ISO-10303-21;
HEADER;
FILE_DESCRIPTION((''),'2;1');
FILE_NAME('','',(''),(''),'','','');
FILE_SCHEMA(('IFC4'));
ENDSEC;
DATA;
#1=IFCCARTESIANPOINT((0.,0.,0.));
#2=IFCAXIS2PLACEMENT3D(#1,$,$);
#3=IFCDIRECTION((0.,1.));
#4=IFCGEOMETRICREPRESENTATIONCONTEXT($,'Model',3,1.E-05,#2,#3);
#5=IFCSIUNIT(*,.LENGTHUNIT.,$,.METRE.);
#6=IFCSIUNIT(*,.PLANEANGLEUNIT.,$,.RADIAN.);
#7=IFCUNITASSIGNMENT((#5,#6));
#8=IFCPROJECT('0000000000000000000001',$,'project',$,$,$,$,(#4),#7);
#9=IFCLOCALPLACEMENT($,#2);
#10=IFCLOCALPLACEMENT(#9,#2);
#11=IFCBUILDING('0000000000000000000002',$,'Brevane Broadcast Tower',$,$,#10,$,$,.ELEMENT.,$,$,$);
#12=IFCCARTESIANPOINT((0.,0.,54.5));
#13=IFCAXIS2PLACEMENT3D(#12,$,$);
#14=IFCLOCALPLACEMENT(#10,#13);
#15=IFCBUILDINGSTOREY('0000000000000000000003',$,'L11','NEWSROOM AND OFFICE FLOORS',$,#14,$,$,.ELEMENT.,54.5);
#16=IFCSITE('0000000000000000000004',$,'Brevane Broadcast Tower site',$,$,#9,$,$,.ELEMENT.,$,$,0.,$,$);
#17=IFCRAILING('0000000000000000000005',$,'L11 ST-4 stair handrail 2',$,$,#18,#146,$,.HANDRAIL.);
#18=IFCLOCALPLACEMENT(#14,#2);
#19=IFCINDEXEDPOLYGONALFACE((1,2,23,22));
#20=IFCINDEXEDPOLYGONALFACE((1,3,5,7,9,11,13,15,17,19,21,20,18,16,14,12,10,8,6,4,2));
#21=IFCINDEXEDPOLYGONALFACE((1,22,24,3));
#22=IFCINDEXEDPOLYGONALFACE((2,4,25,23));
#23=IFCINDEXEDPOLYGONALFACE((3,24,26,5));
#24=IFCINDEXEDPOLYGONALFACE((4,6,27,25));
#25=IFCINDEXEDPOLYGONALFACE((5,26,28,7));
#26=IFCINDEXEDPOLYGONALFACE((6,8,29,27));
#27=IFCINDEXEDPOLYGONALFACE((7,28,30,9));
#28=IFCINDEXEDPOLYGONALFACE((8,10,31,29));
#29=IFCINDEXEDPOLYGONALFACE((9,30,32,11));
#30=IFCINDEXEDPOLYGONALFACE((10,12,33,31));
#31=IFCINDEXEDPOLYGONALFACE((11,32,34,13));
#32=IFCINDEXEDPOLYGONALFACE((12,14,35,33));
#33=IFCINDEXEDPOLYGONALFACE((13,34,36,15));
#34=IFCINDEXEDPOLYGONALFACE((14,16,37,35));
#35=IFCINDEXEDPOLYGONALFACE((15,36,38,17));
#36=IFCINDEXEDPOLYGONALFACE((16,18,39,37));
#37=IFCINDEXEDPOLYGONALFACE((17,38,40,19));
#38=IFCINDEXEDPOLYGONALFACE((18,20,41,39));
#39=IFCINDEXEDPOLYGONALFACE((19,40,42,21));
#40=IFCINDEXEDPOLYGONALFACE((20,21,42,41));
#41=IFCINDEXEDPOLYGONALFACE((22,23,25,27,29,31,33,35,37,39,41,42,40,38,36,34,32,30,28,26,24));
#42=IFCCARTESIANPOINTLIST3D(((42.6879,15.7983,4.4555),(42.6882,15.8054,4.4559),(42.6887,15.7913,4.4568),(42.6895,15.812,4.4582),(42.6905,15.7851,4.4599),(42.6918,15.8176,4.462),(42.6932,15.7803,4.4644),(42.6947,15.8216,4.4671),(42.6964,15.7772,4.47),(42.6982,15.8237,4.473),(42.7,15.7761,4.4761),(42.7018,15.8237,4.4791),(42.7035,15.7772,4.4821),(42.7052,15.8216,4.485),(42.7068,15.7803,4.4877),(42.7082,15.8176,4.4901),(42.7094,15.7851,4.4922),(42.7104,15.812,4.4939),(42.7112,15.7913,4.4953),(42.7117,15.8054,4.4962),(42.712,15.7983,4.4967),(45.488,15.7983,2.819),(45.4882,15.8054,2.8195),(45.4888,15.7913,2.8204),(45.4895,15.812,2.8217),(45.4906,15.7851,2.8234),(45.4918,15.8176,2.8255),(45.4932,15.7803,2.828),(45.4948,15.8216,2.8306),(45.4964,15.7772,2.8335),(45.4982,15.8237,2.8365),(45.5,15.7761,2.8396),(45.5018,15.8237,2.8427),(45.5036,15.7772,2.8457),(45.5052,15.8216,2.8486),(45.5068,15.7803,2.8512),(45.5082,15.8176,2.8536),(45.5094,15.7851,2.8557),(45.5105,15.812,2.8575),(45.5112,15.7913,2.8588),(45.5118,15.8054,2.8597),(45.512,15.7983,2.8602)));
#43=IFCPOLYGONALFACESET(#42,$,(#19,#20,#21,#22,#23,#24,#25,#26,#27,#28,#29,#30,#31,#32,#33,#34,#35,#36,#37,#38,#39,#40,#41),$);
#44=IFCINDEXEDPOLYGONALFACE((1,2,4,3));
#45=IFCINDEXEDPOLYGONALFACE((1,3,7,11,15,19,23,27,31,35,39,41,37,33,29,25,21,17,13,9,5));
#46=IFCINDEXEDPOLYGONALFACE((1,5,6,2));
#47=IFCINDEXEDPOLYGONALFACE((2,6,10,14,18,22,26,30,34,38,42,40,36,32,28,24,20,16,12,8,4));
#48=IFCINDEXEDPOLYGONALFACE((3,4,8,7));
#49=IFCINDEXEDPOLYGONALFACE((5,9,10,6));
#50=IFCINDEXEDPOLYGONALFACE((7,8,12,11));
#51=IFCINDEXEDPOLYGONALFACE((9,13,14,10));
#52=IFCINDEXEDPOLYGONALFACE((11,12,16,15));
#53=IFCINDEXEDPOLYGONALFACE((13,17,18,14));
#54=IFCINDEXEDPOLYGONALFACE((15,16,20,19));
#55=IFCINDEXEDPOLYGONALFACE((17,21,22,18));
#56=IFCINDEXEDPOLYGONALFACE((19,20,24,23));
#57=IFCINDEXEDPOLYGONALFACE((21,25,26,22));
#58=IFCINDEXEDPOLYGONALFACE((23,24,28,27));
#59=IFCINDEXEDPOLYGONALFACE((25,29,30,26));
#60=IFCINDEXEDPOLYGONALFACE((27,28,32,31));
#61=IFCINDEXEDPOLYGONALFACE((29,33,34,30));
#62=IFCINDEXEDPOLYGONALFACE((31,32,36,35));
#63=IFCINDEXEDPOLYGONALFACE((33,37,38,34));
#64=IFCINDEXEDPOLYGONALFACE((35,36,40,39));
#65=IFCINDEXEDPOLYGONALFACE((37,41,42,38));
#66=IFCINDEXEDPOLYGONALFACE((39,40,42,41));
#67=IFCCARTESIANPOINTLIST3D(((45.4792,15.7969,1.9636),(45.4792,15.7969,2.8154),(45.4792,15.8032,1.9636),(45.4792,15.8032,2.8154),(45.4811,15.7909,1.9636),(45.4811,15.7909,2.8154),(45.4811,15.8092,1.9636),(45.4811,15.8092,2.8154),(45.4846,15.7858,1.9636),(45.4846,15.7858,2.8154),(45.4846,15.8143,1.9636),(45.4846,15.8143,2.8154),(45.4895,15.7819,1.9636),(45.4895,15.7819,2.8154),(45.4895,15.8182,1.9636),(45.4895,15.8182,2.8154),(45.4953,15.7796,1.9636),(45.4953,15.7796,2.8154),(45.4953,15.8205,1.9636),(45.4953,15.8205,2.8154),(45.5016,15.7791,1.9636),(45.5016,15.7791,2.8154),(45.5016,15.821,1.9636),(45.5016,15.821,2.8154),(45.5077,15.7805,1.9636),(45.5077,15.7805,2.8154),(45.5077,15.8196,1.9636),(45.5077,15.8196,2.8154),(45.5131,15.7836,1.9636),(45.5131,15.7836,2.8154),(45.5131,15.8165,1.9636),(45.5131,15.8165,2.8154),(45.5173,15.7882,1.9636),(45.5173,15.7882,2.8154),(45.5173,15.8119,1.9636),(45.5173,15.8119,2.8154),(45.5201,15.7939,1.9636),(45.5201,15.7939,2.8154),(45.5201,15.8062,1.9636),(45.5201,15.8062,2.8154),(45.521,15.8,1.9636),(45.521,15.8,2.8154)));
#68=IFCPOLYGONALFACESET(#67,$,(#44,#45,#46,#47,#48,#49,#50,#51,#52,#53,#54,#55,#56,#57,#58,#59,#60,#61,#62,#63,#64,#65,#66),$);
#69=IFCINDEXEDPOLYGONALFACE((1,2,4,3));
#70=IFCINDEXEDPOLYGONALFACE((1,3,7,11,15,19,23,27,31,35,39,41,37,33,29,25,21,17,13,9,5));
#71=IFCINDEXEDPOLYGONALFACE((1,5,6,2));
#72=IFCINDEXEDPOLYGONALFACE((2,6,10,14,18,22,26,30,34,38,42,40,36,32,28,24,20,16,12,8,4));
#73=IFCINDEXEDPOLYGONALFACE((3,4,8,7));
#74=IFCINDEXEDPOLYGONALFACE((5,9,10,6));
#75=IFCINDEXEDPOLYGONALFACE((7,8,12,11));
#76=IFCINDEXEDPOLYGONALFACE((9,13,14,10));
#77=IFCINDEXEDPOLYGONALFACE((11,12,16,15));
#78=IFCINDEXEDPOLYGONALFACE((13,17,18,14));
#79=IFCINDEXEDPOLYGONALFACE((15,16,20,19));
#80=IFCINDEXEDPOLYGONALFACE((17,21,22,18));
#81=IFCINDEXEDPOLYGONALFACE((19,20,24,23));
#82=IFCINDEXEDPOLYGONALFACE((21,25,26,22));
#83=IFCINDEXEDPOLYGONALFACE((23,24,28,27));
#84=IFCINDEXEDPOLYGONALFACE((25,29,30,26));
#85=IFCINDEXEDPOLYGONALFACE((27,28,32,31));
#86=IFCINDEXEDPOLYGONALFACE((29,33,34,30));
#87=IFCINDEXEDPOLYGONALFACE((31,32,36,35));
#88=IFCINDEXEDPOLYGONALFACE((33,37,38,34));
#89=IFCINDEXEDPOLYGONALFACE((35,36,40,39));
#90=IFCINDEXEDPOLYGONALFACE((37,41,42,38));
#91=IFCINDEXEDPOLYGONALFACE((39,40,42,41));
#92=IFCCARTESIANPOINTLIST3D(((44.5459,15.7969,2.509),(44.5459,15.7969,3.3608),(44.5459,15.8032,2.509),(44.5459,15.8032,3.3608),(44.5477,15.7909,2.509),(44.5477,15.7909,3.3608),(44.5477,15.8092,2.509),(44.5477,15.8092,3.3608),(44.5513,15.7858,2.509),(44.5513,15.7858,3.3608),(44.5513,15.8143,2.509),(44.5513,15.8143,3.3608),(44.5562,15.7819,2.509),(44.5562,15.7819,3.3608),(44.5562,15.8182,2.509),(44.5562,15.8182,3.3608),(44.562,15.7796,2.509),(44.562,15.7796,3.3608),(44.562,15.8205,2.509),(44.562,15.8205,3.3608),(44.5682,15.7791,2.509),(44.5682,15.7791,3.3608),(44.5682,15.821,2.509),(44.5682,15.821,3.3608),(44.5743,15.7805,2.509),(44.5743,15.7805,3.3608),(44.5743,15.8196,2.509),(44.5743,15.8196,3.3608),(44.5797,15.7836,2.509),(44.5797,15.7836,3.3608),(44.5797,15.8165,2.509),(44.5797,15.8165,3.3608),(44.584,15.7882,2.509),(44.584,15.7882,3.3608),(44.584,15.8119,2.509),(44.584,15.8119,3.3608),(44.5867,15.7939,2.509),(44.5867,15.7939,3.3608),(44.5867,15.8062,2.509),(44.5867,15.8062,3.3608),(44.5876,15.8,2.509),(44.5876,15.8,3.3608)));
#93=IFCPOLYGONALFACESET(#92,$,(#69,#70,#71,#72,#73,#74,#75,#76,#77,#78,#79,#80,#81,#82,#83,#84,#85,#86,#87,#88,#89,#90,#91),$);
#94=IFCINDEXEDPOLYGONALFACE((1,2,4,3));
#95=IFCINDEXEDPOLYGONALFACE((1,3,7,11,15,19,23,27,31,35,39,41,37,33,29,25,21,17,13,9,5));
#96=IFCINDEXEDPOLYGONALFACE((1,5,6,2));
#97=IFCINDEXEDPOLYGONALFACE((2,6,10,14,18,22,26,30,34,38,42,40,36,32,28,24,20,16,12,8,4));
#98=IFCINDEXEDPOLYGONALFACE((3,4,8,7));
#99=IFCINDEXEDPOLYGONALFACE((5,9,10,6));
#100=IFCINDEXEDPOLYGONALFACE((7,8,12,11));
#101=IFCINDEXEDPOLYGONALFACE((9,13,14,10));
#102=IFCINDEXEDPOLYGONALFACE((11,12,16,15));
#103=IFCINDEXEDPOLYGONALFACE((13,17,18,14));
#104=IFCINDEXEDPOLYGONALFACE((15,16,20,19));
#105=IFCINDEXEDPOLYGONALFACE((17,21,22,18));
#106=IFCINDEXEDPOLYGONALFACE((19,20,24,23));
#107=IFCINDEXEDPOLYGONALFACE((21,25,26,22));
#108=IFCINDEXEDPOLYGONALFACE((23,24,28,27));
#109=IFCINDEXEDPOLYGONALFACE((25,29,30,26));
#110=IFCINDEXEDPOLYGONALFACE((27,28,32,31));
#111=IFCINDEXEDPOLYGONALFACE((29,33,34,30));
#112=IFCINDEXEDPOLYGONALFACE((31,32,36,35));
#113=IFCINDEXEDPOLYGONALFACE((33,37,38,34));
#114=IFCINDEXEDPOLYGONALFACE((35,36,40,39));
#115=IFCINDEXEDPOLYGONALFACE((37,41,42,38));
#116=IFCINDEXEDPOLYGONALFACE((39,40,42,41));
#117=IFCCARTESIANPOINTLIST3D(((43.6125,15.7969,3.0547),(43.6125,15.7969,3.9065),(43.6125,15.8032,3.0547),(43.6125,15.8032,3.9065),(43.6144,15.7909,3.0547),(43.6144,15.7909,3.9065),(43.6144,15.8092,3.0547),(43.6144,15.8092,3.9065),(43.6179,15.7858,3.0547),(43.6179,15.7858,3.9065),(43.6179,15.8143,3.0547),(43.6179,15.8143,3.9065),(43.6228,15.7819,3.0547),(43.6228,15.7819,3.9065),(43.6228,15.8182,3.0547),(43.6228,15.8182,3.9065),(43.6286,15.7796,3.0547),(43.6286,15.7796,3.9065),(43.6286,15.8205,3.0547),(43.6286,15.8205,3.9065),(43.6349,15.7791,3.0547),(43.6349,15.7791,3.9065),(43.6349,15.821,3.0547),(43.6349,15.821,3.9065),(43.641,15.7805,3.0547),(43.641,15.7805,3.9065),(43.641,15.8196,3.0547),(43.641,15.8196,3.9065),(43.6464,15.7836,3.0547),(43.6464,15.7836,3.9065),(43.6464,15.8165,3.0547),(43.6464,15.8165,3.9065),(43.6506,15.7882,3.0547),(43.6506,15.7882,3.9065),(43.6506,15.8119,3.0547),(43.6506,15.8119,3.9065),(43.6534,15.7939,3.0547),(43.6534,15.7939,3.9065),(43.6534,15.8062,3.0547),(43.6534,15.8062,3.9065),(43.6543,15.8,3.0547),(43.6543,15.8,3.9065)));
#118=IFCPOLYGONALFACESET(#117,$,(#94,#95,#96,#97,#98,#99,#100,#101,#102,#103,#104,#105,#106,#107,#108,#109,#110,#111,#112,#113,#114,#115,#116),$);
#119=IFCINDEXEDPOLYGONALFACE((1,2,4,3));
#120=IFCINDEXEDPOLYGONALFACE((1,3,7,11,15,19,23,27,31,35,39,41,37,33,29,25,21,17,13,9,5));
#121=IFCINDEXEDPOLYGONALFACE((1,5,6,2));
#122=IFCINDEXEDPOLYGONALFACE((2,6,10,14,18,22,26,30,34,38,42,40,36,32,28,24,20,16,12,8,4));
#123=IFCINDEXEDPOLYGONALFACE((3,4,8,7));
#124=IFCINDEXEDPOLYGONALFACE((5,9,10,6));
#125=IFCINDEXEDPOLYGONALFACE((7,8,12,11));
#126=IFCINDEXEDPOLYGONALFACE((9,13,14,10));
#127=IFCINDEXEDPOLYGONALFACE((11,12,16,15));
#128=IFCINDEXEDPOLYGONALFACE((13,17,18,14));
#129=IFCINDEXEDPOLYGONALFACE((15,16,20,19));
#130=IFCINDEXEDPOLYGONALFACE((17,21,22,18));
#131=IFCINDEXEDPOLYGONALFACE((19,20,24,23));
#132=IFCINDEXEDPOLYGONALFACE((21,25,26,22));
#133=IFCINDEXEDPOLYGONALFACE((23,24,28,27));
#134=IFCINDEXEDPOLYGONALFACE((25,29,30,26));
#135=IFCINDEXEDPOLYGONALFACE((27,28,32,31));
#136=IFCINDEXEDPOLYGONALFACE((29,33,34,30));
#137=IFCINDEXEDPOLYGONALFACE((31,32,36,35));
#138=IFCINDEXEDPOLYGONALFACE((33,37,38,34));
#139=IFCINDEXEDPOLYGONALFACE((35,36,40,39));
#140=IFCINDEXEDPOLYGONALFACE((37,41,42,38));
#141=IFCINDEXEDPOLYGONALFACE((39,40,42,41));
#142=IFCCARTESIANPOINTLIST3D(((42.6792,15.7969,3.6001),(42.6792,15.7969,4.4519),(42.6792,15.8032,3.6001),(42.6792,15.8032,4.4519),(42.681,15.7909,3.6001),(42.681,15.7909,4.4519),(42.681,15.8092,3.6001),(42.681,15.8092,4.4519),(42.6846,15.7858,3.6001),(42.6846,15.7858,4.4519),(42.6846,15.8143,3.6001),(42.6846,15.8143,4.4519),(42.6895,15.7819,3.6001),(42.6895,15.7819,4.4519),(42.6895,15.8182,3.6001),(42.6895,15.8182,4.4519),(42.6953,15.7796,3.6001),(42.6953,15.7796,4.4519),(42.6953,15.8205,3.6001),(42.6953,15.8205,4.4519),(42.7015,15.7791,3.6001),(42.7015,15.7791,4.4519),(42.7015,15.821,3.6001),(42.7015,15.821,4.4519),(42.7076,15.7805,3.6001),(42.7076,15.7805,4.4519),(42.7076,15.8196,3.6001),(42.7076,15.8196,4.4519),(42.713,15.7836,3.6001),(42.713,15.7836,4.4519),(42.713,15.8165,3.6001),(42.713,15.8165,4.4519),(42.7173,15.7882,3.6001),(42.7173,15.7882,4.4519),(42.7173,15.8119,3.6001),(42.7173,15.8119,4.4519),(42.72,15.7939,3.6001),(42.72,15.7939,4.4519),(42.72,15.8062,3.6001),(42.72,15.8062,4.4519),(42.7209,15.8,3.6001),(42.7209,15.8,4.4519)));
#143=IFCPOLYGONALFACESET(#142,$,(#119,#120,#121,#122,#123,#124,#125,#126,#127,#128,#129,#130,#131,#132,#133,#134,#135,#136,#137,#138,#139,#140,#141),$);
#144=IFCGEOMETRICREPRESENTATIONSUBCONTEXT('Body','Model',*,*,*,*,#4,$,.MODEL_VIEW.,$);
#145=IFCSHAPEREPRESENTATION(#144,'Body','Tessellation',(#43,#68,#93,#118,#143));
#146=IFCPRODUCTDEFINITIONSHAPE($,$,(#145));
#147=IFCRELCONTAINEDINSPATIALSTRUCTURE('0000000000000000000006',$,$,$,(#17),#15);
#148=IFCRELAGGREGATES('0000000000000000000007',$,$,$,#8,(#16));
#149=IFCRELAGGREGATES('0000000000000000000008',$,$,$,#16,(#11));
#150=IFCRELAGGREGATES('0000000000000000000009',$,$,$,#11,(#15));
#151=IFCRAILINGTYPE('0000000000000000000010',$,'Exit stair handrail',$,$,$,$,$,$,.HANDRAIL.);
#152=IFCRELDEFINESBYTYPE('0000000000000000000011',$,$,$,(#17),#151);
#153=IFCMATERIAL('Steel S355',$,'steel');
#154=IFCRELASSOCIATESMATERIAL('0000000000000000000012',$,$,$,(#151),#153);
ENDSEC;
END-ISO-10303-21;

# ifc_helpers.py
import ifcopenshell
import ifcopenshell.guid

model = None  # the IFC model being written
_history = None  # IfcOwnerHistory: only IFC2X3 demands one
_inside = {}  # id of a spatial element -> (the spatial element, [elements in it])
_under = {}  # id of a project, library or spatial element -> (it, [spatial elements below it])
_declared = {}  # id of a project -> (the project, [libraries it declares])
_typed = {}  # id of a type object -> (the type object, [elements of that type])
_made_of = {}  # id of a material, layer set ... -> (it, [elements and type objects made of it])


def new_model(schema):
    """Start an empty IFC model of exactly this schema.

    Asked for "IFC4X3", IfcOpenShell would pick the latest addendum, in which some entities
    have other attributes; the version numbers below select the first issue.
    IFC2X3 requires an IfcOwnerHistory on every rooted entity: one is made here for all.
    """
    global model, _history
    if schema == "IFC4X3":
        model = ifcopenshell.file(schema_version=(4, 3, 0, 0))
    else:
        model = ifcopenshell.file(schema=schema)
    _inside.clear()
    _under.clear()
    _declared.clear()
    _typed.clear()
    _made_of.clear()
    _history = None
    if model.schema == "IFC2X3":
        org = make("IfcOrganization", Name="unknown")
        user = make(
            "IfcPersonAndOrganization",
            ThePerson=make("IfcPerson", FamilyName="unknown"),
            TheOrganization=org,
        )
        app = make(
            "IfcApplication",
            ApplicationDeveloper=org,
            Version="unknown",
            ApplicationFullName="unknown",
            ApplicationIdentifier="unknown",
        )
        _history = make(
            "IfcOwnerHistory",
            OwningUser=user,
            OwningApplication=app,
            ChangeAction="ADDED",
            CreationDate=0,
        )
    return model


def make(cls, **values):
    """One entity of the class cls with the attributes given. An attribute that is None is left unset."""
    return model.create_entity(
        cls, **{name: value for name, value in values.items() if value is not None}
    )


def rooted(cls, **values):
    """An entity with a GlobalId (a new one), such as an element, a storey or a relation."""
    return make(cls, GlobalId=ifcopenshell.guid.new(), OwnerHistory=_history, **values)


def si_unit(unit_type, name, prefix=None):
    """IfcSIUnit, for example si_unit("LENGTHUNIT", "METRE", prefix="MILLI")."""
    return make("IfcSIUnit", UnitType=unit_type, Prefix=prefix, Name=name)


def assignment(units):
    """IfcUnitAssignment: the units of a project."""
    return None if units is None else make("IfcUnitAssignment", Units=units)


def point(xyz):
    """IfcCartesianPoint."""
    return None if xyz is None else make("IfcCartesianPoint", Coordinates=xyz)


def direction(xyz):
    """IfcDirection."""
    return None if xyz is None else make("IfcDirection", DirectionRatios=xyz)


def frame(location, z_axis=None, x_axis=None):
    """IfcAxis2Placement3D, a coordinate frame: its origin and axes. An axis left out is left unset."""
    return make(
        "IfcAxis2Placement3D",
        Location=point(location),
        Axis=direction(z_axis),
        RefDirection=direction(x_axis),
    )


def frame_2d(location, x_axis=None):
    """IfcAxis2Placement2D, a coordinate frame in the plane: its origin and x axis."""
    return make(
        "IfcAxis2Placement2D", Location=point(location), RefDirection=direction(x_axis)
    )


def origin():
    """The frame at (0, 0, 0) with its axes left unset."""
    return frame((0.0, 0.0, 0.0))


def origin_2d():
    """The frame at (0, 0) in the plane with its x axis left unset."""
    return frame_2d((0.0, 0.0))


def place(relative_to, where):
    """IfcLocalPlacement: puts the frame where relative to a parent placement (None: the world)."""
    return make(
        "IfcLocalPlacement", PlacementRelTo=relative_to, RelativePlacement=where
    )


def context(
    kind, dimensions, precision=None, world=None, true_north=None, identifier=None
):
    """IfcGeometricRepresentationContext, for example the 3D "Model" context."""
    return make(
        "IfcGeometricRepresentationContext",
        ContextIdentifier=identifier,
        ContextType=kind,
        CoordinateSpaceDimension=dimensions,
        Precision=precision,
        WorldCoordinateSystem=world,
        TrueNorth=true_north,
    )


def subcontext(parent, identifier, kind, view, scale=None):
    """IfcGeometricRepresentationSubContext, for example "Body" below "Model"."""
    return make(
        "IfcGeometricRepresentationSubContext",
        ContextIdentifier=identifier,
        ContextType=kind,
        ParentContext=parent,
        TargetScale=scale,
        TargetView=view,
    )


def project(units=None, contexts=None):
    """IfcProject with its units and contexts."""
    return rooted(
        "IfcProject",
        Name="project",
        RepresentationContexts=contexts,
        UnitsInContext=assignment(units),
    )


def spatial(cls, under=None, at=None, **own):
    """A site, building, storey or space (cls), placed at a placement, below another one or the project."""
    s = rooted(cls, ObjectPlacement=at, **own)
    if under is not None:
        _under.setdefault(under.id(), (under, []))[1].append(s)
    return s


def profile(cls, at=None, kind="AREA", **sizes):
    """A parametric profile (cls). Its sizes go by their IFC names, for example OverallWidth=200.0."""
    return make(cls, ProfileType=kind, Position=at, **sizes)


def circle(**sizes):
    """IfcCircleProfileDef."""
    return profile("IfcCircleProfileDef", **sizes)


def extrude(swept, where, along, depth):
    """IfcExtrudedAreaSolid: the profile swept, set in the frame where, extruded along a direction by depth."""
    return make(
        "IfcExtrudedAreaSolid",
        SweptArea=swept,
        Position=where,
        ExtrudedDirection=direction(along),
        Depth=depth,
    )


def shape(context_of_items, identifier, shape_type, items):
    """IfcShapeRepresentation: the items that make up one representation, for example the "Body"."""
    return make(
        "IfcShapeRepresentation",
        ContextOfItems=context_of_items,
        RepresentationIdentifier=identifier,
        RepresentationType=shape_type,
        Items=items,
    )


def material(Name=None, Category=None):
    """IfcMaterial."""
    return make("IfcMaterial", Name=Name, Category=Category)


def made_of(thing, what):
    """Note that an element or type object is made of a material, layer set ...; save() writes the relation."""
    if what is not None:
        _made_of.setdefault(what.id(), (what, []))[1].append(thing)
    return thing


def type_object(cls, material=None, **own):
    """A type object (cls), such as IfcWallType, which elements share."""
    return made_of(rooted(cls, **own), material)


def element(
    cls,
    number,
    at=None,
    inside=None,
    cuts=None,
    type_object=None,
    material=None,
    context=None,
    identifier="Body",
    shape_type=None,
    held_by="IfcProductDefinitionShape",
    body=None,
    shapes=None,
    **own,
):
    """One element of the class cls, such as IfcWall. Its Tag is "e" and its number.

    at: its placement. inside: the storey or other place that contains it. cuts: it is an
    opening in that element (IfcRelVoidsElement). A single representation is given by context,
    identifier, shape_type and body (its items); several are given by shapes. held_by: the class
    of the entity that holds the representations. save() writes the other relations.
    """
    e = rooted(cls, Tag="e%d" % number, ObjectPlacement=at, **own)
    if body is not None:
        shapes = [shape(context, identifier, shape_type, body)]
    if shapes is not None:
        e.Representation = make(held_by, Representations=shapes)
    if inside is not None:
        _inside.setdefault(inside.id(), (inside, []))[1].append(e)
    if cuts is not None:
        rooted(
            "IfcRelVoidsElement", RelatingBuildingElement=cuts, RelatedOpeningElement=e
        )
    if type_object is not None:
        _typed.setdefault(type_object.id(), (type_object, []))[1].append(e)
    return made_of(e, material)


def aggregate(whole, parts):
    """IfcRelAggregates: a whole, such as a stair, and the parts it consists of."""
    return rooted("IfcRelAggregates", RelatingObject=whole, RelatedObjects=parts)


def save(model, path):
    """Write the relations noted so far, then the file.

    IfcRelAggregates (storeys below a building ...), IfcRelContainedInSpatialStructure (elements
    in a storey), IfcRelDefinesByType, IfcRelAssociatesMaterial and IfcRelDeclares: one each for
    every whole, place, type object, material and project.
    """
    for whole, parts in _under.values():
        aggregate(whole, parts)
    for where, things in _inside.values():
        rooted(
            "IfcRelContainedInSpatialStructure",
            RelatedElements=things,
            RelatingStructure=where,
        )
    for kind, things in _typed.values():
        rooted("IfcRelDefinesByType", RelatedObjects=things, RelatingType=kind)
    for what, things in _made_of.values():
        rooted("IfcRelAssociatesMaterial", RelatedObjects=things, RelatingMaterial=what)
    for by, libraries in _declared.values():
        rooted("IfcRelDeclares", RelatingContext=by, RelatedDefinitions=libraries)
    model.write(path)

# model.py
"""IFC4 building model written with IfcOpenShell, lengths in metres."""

from ifc_helpers import new_model, si_unit, direction, frame, origin, origin_2d, place, context, subcontext, project, spatial, circle, extrude, material, type_object, element, save


model = new_model("IFC4")

# Units and contexts
model_context = context("Model", 3, precision=1e-05, world=origin(), true_north=direction((0.0, 1.0)))
body_context = subcontext(model_context, "Body", "Model", "MODEL_VIEW")
ifc_project = project(units=[si_unit("LENGTHUNIT", "METRE"), si_unit("PLANEANGLEUNIT", "RADIAN")], contexts=[model_context])

# Site, building, storey
site_placement = place(None, origin())
site = spatial("IfcSite", under=ifc_project, at=site_placement, Name="Brevane Broadcast Tower site", CompositionType="ELEMENT", RefElevation=0.0)
building_placement = place(site_placement, origin())
building = spatial("IfcBuilding", under=site, at=building_placement, Name="Brevane Broadcast Tower", CompositionType="ELEMENT")
storey_placement = place(building_placement, frame((0.0, 0.0, 54.5)))
storey = spatial("IfcBuildingStorey", under=building, at=storey_placement, Name="L11", Description="NEWSROOM AND OFFICE FLOORS", CompositionType="ELEMENT", Elevation=54.5)

# Railing
ifc_material_1 = material(Name="Steel S355", Category="steel")
railing_type_1 = type_object("IfcRailingType", Name="Exit stair handrail", PredefinedType="HANDRAIL", material=ifc_material_1)
railing_1_placement = place(storey_placement, frame((45.5, 15.8, 1.9636)))
element("IfcRailing", 1, at=railing_1_placement, inside=storey, type_object=railing_type_1, Name="L11 ST-4 stair handrail 2", PredefinedType="HANDRAIL", context=body_context, shape_type="SweptSolid", body=[
    extrude(circle(Radius=0.0239, at=origin_2d()), frame((0.0, 0.0, 0.876), z_axis=(-0.863361, 0.0, 0.504587), x_axis=(0.0, -1.0, 0.0)), (0.0, 0.0, 1.0), 3.2432),
    extrude(circle(Radius=0.021, at=origin_2d()), origin(), (0.0, 0.0, 1.0), 0.8518),
    extrude(circle(Radius=0.021, at=origin_2d()), frame((-0.9333, 0.0, 0.5454)), (0.0, 0.0, 1.0), 0.8518),
    extrude(circle(Radius=0.021, at=origin_2d()), frame((-1.8667, 0.0, 1.0911)), (0.0, 0.0, 1.0), 0.8518),
    extrude(circle(Radius=0.021, at=origin_2d()), frame((-2.8, 0.0, 1.6365)), (0.0, 0.0, 1.0), 0.8518),
])

save(model, "model.ifc")
